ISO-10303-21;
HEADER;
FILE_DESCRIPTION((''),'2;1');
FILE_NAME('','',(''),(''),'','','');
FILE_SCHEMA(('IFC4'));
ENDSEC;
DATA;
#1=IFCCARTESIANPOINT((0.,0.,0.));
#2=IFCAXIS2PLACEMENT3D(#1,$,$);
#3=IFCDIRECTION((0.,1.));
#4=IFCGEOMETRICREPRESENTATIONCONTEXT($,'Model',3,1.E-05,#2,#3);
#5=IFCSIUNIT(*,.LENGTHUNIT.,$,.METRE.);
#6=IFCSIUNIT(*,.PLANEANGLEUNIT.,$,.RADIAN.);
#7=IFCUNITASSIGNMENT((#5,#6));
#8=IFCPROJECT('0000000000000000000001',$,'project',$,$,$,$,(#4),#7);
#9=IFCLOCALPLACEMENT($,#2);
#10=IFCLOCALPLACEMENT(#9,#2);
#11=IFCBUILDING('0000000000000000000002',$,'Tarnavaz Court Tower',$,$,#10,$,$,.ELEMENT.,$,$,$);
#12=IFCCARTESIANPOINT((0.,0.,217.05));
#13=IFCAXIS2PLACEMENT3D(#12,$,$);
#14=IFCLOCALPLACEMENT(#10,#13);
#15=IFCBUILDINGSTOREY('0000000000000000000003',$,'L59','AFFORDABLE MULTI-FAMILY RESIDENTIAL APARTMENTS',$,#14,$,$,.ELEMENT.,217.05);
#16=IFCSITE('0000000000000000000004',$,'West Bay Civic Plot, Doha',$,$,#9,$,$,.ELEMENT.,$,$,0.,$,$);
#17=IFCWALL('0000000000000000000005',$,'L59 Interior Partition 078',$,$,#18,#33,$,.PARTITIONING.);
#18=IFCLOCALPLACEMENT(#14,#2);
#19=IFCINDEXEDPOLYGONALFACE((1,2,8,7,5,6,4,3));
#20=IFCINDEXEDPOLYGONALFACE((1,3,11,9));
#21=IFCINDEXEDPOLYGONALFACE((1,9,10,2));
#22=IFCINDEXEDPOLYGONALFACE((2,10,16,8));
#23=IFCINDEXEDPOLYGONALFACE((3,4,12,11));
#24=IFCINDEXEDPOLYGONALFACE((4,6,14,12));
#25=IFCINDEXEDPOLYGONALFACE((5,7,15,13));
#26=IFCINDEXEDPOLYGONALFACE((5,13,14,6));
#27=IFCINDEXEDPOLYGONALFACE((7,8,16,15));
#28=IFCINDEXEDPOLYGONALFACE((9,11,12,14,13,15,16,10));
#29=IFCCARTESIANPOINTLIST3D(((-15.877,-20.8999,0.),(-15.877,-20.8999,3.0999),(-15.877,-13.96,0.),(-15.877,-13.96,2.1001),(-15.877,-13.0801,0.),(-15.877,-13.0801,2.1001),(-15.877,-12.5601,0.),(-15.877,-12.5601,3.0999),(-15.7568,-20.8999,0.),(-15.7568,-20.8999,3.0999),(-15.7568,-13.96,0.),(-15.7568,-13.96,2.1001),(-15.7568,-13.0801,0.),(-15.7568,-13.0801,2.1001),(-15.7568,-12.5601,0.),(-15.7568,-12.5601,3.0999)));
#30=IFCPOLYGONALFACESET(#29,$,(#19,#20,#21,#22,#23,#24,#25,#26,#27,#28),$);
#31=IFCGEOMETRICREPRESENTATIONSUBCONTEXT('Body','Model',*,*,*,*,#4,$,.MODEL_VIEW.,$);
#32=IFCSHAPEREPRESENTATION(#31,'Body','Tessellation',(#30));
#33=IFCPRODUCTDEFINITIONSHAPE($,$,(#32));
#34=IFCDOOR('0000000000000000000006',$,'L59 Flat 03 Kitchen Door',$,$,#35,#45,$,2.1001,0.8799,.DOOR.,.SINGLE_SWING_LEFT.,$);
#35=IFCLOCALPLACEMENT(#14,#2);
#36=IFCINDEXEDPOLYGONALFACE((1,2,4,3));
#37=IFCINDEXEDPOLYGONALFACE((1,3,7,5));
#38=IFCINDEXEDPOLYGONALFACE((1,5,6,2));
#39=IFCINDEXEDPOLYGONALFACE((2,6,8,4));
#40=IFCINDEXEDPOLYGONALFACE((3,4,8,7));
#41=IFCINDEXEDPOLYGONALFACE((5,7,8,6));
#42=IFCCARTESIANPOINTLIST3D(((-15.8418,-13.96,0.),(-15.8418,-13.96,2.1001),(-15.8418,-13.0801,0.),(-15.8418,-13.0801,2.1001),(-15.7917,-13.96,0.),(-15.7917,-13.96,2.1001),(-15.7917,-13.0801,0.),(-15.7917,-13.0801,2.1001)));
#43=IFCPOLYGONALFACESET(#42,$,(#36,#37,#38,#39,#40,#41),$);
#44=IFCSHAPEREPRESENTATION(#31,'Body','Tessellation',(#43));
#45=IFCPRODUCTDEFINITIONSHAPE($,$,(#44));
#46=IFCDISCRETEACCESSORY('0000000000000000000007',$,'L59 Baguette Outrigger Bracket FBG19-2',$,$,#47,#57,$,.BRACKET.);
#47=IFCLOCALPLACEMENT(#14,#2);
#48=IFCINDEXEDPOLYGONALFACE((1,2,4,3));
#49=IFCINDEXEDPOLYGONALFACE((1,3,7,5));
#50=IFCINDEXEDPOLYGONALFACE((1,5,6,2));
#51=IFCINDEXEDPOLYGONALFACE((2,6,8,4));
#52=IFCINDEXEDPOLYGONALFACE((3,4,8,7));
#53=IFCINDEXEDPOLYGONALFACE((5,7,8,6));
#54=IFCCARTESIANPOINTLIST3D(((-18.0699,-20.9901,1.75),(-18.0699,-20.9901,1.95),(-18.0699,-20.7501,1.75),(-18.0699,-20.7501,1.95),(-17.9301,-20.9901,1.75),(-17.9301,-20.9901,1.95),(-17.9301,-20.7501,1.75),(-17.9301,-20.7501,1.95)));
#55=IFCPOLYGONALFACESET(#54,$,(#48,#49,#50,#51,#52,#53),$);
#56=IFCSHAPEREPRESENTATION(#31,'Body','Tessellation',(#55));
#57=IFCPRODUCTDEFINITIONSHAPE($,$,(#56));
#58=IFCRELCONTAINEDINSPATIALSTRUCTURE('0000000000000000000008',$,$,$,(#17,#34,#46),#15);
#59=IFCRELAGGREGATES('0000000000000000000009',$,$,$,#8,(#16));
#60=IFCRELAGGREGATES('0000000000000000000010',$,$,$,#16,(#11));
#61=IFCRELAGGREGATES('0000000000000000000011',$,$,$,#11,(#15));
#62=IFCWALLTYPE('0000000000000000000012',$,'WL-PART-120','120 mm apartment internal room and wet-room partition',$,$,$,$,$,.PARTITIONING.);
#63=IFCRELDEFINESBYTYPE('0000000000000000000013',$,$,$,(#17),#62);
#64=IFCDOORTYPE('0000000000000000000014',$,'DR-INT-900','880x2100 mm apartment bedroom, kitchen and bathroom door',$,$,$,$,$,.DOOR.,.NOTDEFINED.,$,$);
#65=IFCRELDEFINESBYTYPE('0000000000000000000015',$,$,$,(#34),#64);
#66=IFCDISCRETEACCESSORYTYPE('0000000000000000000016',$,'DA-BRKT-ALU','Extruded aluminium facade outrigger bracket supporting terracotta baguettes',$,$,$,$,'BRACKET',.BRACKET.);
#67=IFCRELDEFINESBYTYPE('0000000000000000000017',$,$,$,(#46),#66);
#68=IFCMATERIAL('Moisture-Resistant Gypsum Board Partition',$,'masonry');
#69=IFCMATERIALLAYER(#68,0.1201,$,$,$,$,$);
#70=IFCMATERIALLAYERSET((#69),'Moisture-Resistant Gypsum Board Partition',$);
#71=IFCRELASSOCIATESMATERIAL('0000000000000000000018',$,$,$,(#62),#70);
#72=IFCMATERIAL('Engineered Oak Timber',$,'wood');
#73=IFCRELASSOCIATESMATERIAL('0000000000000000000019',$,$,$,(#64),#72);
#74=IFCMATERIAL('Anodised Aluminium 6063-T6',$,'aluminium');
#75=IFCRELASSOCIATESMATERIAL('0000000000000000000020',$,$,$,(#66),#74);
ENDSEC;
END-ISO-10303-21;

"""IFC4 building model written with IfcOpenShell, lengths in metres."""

from ifc_helpers import new_model, si_unit, direction, frame, frame_2d, origin, origin_2d, place, context, subcontext, project, spatial, rectangle, extrude, material, layer, layer_set, type_object, element, fill, save


model = new_model("IFC4")

# Units and contexts
model_context = context("Model", 3, precision=1e-05, world=origin(), true_north=direction((0.0, 1.0)))
body_context = subcontext(model_context, "Body", "Model", "MODEL_VIEW")
ifc_project = project(units=[si_unit("LENGTHUNIT", "METRE"), si_unit("PLANEANGLEUNIT", "RADIAN")], contexts=[model_context])

# Site, building, storey
site_placement = place(None, origin())
site = spatial("IfcSite", under=ifc_project, at=site_placement, Name="West Bay Civic Plot, Doha", CompositionType="ELEMENT", RefElevation=0.0)
building_placement = place(site_placement, origin())
building = spatial("IfcBuilding", under=site, at=building_placement, Name="Tarnavaz Court Tower", CompositionType="ELEMENT")
storey_placement = place(building_placement, frame((0.0, 0.0, 217.05)))
storey = spatial("IfcBuildingStorey", under=building, at=storey_placement, Name="L59", Description="AFFORDABLE MULTI-FAMILY RESIDENTIAL APARTMENTS", CompositionType="ELEMENT", Elevation=217.05)

# Wall, opening, door
ifc_material_1 = material(Name="Moisture-Resistant Gypsum Board Partition", Category="masonry")
ifc_layer_1 = layer(ifc_material_1, 0.1201)
ifc_layer_set_1 = layer_set([ifc_layer_1], Name="Moisture-Resistant Gypsum Board Partition")
wall_type_1 = type_object("IfcWallType", Name="WL-PART-120", Description="120 mm apartment internal room and wet-room partition", PredefinedType="PARTITIONING", material=ifc_layer_set_1)
wall_1_placement = place(storey_placement, frame((-15.8169, -20.8999, 0.0), z_axis=(0.0, 0.0, 1.0), x_axis=(0.0, 1.0, 0.0)))
wall_1 = element("IfcWall", 1, at=wall_1_placement, inside=storey, type_object=wall_type_1, Name="L59 Interior Partition 078", PredefinedType="PARTITIONING", context=body_context, shape_type="SweptSolid", body=[
    extrude(rectangle(XDim=8.3398, YDim=0.1201, at=frame_2d((4.1699, 0.0))), origin(), (0.0, 0.0, 1.0), 3.0999),
])
opening_1_placement = place(wall_1_placement, frame((6.9399, 0.0, 0.0)))
opening_1 = element("IfcOpeningElement", 2, at=opening_1_placement, cuts=wall_1, PredefinedType="OPENING", context=body_context, shape_type="SweptSolid", body=[
    extrude(rectangle(XDim=0.8799, YDim=2.1001, at=frame_2d((0.4399, 1.05))), frame((0.0, 0.0701, 0.0), z_axis=(0.0, -1.0, 0.0), x_axis=(1.0, 0.0, 0.0)), (0.0, 0.0, 1.0), 0.1401),
])
ifc_material_2 = material(Name="Engineered Oak Timber", Category="wood")
door_type = type_object("IfcDoorType", Name="DR-INT-900", Description="880x2100 mm apartment bedroom, kitchen and bathroom door", OperationType="NOTDEFINED", PredefinedType="DOOR", material=ifc_material_2)
door_placement = place(opening_1_placement, origin())
door = element("IfcDoor", 3, at=door_placement, inside=storey, type_object=door_type, Name="L59 Flat 03 Kitchen Door", OperationType="SINGLE_SWING_LEFT", OverallHeight=2.1001, OverallWidth=0.8799, PredefinedType="DOOR", context=body_context, shape_type="SweptSolid", body=[
    extrude(rectangle(XDim=0.8799, YDim=2.1001, at=frame_2d((0.4399, 1.05))), frame((0.0, 0.0249, 0.0), z_axis=(0.0, -1.0, 0.0), x_axis=(1.0, 0.0, 0.0)), (0.0, 0.0, 1.0), 0.05),
])
fill(opening_1, door)

# Discrete accessory
ifc_material_3 = material(Name="Anodised Aluminium 6063-T6", Category="aluminium")
discrete_accessory_type = type_object("IfcDiscreteAccessoryType", Name="DA-BRKT-ALU", Description="Extruded aluminium facade outrigger bracket supporting terracotta baguettes", ElementType="BRACKET", PredefinedType="BRACKET", material=ifc_material_3)
discrete_accessory_placement = place(storey_placement, frame((-18.0, -20.8701, 1.75), z_axis=(0.0, 0.0, 1.0), x_axis=(-1.0, 0.0, 0.0)))
element("IfcDiscreteAccessory", 4, at=discrete_accessory_placement, inside=storey, type_object=discrete_accessory_type, Name="L59 Baguette Outrigger Bracket FBG19-2", PredefinedType="BRACKET", context=body_context, shape_type="SweptSolid", body=[
    extrude(rectangle(XDim=0.1399, YDim=0.24, at=origin_2d()), origin(), (0.0, 0.0, 1.0), 0.2),
])

save(model, "model.ifc")
